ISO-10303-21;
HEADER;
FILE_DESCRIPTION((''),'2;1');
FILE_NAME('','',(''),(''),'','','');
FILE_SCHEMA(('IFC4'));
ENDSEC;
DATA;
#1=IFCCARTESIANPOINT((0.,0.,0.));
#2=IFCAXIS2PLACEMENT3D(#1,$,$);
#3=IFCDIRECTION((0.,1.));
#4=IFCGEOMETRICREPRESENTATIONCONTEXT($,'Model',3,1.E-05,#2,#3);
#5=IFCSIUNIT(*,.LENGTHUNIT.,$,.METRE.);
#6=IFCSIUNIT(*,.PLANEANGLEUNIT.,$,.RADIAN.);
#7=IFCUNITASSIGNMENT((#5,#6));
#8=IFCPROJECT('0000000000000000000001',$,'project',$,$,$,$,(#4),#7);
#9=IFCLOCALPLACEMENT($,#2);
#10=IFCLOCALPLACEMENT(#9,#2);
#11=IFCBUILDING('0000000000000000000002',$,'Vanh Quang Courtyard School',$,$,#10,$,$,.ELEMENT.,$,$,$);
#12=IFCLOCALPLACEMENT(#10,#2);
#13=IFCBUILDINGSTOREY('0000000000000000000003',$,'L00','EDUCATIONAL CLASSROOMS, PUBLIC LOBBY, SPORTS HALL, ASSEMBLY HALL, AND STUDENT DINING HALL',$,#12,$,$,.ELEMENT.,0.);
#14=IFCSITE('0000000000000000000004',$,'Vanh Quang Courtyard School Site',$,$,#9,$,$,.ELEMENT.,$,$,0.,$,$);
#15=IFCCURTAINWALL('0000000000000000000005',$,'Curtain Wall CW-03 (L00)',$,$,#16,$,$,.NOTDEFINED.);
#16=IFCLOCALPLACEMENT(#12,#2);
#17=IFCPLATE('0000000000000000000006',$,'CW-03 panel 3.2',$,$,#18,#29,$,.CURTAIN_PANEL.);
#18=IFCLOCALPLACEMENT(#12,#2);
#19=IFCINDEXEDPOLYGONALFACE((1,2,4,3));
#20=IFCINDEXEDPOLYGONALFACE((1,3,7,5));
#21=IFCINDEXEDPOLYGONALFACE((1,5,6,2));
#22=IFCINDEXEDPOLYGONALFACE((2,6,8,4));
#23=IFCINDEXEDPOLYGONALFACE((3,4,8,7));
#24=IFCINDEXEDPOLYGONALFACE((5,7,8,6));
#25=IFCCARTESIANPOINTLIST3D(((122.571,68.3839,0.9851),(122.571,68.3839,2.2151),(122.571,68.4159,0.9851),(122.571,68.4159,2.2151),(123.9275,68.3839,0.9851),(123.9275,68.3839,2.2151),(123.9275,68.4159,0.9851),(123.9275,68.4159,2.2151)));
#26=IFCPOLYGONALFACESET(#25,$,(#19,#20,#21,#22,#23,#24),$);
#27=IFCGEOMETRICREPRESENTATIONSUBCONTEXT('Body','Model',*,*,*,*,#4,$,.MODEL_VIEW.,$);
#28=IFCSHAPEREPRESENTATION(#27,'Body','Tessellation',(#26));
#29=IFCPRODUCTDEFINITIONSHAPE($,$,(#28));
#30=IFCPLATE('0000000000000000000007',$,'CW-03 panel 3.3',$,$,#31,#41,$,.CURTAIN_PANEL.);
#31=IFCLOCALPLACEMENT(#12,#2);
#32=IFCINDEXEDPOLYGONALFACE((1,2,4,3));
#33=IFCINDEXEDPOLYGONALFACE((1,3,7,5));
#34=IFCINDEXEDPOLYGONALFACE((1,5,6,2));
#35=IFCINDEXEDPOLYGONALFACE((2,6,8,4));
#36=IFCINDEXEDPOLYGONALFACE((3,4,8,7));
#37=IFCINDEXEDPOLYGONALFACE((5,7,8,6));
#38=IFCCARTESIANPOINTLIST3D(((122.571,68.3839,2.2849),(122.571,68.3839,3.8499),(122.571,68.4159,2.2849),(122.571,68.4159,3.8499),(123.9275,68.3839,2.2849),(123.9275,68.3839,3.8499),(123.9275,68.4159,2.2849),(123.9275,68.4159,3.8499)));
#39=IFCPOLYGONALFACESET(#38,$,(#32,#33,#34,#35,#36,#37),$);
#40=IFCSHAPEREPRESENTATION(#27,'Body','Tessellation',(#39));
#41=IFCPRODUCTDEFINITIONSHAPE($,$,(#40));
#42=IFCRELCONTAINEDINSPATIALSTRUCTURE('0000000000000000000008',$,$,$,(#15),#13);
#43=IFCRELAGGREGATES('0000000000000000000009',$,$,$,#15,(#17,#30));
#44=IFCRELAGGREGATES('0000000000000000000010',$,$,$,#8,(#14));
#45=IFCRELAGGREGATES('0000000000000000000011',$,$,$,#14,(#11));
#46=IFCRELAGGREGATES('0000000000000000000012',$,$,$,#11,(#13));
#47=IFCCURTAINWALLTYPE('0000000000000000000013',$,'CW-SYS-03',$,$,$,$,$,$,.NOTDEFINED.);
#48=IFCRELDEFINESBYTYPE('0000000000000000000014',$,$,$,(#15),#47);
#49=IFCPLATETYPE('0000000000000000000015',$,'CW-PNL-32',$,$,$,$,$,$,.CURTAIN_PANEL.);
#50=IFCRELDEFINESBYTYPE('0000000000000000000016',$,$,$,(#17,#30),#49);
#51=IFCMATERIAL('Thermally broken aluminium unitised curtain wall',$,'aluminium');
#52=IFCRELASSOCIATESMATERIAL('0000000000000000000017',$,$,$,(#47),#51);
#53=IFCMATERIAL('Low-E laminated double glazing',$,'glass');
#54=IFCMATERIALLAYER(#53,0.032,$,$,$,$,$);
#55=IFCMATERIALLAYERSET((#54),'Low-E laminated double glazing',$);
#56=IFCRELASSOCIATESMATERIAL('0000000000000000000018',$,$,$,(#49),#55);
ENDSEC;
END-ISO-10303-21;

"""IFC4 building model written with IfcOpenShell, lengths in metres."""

from ifc_helpers import new_model, si_unit, direction, frame, origin, origin_2d, place, context, subcontext, project, spatial, rectangle, extrude, material, layer, layer_set, type_object, element, aggregate, save


model = new_model("IFC4")

# Units and contexts
model_context = context("Model", 3, precision=1e-05, world=origin(), true_north=direction((0.0, 1.0)))
body_context = subcontext(model_context, "Body", "Model", "MODEL_VIEW")
ifc_project = project(units=[si_unit("LENGTHUNIT", "METRE"), si_unit("PLANEANGLEUNIT", "RADIAN")], contexts=[model_context])

# Site, building, storey
site_placement = place(None, origin())
site = spatial("IfcSite", under=ifc_project, at=site_placement, Name="Vanh Quang Courtyard School Site", CompositionType="ELEMENT", RefElevation=0.0)
building_placement = place(site_placement, origin())
building = spatial("IfcBuilding", under=site, at=building_placement, Name="Vanh Quang Courtyard School", CompositionType="ELEMENT")
storey_placement = place(building_placement, origin())
storey = spatial("IfcBuildingStorey", under=building, at=storey_placement, Name="L00", Description="EDUCATIONAL CLASSROOMS, PUBLIC LOBBY, SPORTS HALL, ASSEMBLY HALL, AND STUDENT DINING HALL", CompositionType="ELEMENT", Elevation=0.0)

# Curtain wall, plates
ifc_material_1 = material(Name="Thermally broken aluminium unitised curtain wall", Category="aluminium")
curtain_wall_type = type_object("IfcCurtainWallType", Name="CW-SYS-03", PredefinedType="NOTDEFINED", material=ifc_material_1)
curtain_wall_placement = place(storey_placement, origin())
curtain_wall = element("IfcCurtainWall", 1, at=curtain_wall_placement, inside=storey, type_object=curtain_wall_type, Name="Curtain Wall CW-03 (L00)", PredefinedType="NOTDEFINED")
ifc_material_2 = material(Name="Low-E laminated double glazing", Category="glass")
ifc_layer = layer(ifc_material_2, 0.032)
ifc_layer_set = layer_set([ifc_layer], Name="Low-E laminated double glazing")
plate_type = type_object("IfcPlateType", Name="CW-PNL-32", PredefinedType="CURTAIN_PANEL", material=ifc_layer_set)
plate_1_placement = place(storey_placement, frame((123.2493, 68.3999, 0.9851), z_axis=(0.0, 0.0, 1.0), x_axis=(1.0, 0.0, 0.0)))
plate_1 = element("IfcPlate", 2, at=plate_1_placement, type_object=plate_type, Name="CW-03 panel 3.2", PredefinedType="CURTAIN_PANEL", context=body_context, shape_type="SweptSolid", body=[
    extrude(rectangle(XDim=1.3564, YDim=0.032, at=origin_2d()), origin(), (0.0, 0.0, 1.0), 1.23),
])
plate_2_placement = place(storey_placement, frame((123.2493, 68.3999, 2.2849), z_axis=(0.0, 0.0, 1.0), x_axis=(1.0, 0.0, 0.0)))
plate_2 = element("IfcPlate", 3, at=plate_2_placement, type_object=plate_type, Name="CW-03 panel 3.3", PredefinedType="CURTAIN_PANEL", context=body_context, shape_type="SweptSolid", body=[
    extrude(rectangle(XDim=1.3564, YDim=0.032, at=origin_2d()), origin(), (0.0, 0.0, 1.0), 1.5649),
])
aggregate(curtain_wall, [plate_1, plate_2])

save(model, "model.ifc")
